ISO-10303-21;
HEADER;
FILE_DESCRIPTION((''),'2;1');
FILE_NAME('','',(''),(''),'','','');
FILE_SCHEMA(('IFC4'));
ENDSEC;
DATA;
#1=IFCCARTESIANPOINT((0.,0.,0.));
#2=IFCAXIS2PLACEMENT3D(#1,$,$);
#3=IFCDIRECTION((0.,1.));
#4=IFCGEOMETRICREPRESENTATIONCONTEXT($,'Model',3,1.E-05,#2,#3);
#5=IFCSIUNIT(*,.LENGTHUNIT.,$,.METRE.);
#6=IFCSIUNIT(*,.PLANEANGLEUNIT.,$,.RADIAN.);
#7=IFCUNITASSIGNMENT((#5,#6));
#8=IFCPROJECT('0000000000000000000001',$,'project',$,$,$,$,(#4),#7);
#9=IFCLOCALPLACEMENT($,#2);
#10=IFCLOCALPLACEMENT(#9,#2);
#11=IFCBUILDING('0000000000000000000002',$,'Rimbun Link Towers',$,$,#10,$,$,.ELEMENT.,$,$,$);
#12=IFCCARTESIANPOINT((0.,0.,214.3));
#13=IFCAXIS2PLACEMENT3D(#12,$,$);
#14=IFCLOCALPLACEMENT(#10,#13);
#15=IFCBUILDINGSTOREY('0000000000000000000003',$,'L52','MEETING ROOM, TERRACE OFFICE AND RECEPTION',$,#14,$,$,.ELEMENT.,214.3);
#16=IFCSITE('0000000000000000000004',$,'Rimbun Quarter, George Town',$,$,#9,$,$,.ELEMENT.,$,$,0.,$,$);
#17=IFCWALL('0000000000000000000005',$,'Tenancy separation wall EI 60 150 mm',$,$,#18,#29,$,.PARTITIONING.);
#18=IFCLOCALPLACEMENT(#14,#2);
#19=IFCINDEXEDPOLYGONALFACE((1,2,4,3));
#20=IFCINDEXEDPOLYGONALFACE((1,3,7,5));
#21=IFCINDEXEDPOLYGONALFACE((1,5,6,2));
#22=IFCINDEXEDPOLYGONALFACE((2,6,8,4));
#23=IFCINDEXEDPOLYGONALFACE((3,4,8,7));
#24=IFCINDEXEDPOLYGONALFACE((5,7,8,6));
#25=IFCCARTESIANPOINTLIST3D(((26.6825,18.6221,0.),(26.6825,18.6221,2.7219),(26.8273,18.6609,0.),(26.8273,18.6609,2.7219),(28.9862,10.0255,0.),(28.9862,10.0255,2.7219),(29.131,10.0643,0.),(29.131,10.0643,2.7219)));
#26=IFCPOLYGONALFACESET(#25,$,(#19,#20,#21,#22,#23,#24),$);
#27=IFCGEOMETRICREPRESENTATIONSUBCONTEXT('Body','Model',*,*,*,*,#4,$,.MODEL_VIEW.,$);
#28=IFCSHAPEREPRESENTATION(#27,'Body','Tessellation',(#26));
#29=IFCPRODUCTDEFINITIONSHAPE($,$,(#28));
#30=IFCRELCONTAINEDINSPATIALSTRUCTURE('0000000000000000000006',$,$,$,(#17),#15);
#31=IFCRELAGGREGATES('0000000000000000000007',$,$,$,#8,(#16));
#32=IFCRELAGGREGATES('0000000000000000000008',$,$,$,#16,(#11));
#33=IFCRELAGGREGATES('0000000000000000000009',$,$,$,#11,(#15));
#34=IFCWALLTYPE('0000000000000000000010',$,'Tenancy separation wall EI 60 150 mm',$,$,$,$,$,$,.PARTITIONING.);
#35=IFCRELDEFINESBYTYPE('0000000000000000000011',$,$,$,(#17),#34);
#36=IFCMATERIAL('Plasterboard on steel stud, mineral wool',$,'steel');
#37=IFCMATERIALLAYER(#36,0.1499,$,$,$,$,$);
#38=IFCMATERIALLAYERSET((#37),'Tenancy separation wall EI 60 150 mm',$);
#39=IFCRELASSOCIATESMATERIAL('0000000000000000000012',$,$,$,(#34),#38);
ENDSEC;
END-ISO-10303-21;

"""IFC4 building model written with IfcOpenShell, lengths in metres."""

from ifc_helpers import new_model, si_unit, direction, frame, frame_2d, origin, place, context, subcontext, project, spatial, rectangle, extrude, material, layer, layer_set, type_object, element, save


model = new_model("IFC4")

# Units and contexts
model_context = context("Model", 3, precision=1e-05, world=origin(), true_north=direction((0.0, 1.0)))
body_context = subcontext(model_context, "Body", "Model", "MODEL_VIEW")
ifc_project = project(units=[si_unit("LENGTHUNIT", "METRE"), si_unit("PLANEANGLEUNIT", "RADIAN")], contexts=[model_context])

# Site, building, storey
site_placement = place(None, origin())
site = spatial("IfcSite", under=ifc_project, at=site_placement, Name="Rimbun Quarter, George Town", CompositionType="ELEMENT", RefElevation=0.0)
building_placement = place(site_placement, origin())
building = spatial("IfcBuilding", under=site, at=building_placement, Name="Rimbun Link Towers", CompositionType="ELEMENT")
storey_placement = place(building_placement, frame((0.0, 0.0, 214.3)))
storey = spatial("IfcBuildingStorey", under=building, at=storey_placement, Name="L52", Description="MEETING ROOM, TERRACE OFFICE AND RECEPTION", CompositionType="ELEMENT", Elevation=214.3)

# Wall
ifc_material_1 = material(Name="Plasterboard on steel stud, mineral wool", Category="steel")
ifc_layer_1 = layer(ifc_material_1, 0.1499)
ifc_layer_set_1 = layer_set([ifc_layer_1], Name="Tenancy separation wall EI 60 150 mm")
wall_type_1 = type_object("IfcWallType", Name="Tenancy separation wall EI 60 150 mm", PredefinedType="PARTITIONING", material=ifc_layer_set_1)
wall_1_placement = place(storey_placement, frame((29.0586, 10.0449, 0.0), z_axis=(0.0, 0.0, 1.0), x_axis=(-0.258844, 0.965919, 0.0)))
element("IfcWall", 1, at=wall_1_placement, inside=storey, type_object=wall_type_1, Name="Tenancy separation wall EI 60 150 mm", PredefinedType="PARTITIONING", context=body_context, shape_type="SweptSolid", body=[
    extrude(rectangle(XDim=8.8999, YDim=0.1499, at=frame_2d((4.45, 0.0))), origin(), (0.0, 0.0, 1.0), 2.7219),
])

save(model, "model.ifc")
